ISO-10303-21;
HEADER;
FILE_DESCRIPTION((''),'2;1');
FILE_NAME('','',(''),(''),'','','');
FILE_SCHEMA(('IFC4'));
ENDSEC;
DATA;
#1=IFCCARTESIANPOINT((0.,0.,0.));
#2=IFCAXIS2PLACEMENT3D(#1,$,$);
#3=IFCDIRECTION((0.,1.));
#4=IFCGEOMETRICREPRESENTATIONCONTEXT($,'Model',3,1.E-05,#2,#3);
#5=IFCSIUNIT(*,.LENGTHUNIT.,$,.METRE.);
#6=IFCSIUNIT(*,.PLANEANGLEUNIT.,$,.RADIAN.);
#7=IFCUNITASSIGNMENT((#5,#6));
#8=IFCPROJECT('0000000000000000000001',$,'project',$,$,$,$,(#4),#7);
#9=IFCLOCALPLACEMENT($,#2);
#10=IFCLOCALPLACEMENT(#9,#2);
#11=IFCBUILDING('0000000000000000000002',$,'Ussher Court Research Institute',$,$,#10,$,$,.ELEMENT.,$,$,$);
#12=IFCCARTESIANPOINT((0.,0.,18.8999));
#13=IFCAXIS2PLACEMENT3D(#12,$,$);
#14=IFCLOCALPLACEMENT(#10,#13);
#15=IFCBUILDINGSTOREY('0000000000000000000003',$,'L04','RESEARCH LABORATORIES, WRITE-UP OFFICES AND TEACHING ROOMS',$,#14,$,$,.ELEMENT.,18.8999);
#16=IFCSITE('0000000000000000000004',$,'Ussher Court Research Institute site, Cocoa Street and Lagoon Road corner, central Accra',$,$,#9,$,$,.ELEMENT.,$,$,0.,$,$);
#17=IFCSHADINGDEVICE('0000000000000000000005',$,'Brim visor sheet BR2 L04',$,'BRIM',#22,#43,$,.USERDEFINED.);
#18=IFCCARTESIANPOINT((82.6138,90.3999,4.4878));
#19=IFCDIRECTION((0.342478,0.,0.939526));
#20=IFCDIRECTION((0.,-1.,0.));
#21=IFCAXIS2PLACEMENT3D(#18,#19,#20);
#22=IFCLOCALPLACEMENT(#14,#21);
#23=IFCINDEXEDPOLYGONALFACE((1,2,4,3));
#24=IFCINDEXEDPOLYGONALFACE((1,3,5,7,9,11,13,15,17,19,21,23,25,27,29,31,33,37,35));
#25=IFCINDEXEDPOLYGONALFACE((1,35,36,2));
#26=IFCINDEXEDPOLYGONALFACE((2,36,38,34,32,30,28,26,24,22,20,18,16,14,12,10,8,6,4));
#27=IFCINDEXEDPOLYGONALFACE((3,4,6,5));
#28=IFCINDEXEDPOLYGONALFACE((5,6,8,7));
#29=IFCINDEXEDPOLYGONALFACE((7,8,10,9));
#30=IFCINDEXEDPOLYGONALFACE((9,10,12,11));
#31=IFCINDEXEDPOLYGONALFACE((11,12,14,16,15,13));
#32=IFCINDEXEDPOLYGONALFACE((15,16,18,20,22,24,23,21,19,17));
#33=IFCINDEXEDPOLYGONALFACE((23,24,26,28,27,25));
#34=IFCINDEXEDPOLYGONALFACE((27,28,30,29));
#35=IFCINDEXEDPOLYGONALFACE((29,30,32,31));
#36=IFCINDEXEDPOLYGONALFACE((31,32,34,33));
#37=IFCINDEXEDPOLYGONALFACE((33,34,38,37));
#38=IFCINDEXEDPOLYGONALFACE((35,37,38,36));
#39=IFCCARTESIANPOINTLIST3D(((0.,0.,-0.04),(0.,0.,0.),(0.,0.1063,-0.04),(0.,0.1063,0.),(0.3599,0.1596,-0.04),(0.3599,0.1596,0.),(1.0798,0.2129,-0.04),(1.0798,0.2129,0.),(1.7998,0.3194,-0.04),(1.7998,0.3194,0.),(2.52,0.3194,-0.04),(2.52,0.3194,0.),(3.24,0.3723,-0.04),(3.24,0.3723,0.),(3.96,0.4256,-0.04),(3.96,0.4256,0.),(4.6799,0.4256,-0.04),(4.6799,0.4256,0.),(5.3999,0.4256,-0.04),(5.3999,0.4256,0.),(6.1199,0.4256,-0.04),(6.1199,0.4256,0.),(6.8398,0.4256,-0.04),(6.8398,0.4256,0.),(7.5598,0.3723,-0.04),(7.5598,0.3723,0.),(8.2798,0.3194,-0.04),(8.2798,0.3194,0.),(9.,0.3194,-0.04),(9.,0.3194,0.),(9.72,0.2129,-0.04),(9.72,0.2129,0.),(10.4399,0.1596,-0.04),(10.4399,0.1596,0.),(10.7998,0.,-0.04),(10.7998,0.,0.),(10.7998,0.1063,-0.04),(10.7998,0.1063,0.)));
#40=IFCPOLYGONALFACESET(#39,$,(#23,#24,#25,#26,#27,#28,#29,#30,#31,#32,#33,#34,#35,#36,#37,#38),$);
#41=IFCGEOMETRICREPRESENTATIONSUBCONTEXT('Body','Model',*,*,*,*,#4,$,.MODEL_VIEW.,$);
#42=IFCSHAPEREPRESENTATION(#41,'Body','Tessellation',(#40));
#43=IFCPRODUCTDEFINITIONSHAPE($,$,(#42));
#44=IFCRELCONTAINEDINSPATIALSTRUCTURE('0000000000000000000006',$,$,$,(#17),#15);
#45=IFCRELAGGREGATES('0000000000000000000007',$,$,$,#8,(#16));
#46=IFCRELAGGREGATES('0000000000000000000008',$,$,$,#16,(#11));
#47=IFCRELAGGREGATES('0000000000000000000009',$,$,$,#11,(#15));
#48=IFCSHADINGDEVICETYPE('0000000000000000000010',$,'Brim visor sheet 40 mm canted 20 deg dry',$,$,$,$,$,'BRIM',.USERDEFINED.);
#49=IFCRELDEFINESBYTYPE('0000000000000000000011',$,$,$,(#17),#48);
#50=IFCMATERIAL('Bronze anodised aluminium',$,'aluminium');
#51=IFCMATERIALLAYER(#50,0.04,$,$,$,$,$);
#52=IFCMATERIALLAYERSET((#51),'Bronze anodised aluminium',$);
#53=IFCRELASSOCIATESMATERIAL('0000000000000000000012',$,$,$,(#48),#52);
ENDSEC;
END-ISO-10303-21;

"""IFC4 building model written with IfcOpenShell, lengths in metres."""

from ifc_helpers import new_model, si_unit, direction, frame, origin, place, context, subcontext, project, spatial, polyline, outline, extrude, material, layer, layer_set, type_object, element, save


model = new_model("IFC4")

# Units and contexts
model_context = context("Model", 3, precision=1e-05, world=origin(), true_north=direction((0.0, 1.0)))
body_context = subcontext(model_context, "Body", "Model", "MODEL_VIEW")
ifc_project = project(units=[si_unit("LENGTHUNIT", "METRE"), si_unit("PLANEANGLEUNIT", "RADIAN")], contexts=[model_context])

# Site, building, storey
site_placement = place(None, origin())
site = spatial("IfcSite", under=ifc_project, at=site_placement, Name="Ussher Court Research Institute site, Cocoa Street and Lagoon Road corner, central Accra", CompositionType="ELEMENT", RefElevation=0.0)
building_placement = place(site_placement, origin())
building = spatial("IfcBuilding", under=site, at=building_placement, Name="Ussher Court Research Institute", CompositionType="ELEMENT")
storey_placement = place(building_placement, frame((0.0, 0.0, 18.8999)))
storey = spatial("IfcBuildingStorey", under=building, at=storey_placement, Name="L04", Description="RESEARCH LABORATORIES, WRITE-UP OFFICES AND TEACHING ROOMS", CompositionType="ELEMENT", Elevation=18.8999)

# Shading device
ifc_material_1 = material(Name="Bronze anodised aluminium", Category="aluminium")
ifc_layer_1 = layer(ifc_material_1, 0.04)
ifc_layer_set_1 = layer_set([ifc_layer_1], Name="Bronze anodised aluminium")
shading_device_type_1 = type_object("IfcShadingDeviceType", Name="Brim visor sheet 40 mm canted 20 deg dry", ElementType="BRIM", PredefinedType="USERDEFINED", material=ifc_layer_set_1)
shading_device_1_placement = place(storey_placement, frame((82.6138, 90.3999, 4.4878), z_axis=(0.342478, 0.0, 0.939526), x_axis=(0.0, -1.0, 0.0)))
element("IfcShadingDevice", 1, at=shading_device_1_placement, inside=storey, type_object=shading_device_type_1, Name="Brim visor sheet BR2 L04", ObjectType="BRIM", PredefinedType="USERDEFINED", context=body_context, shape_type="SweptSolid", body=[
    extrude(outline(polyline([(0.0, 0.0), (10.7998, 0.0), (10.7998, 0.1063), (10.4399, 0.1596), (9.72, 0.2129), (9.0, 0.3194), (8.2798, 0.3194), (7.5598, 0.3723), (6.8398, 0.4256), (6.1199, 0.4256), (5.3999, 0.4256), (4.6799, 0.4256), (3.96, 0.4256), (3.24, 0.3723), (2.52, 0.3194), (1.7998, 0.3194), (1.0798, 0.2129), (0.3599, 0.1596), (0.0, 0.1063), (0.0, 0.0)])), origin(), (0.0, 0.0, -1.0), 0.04),
])

save(model, "model.ifc")
